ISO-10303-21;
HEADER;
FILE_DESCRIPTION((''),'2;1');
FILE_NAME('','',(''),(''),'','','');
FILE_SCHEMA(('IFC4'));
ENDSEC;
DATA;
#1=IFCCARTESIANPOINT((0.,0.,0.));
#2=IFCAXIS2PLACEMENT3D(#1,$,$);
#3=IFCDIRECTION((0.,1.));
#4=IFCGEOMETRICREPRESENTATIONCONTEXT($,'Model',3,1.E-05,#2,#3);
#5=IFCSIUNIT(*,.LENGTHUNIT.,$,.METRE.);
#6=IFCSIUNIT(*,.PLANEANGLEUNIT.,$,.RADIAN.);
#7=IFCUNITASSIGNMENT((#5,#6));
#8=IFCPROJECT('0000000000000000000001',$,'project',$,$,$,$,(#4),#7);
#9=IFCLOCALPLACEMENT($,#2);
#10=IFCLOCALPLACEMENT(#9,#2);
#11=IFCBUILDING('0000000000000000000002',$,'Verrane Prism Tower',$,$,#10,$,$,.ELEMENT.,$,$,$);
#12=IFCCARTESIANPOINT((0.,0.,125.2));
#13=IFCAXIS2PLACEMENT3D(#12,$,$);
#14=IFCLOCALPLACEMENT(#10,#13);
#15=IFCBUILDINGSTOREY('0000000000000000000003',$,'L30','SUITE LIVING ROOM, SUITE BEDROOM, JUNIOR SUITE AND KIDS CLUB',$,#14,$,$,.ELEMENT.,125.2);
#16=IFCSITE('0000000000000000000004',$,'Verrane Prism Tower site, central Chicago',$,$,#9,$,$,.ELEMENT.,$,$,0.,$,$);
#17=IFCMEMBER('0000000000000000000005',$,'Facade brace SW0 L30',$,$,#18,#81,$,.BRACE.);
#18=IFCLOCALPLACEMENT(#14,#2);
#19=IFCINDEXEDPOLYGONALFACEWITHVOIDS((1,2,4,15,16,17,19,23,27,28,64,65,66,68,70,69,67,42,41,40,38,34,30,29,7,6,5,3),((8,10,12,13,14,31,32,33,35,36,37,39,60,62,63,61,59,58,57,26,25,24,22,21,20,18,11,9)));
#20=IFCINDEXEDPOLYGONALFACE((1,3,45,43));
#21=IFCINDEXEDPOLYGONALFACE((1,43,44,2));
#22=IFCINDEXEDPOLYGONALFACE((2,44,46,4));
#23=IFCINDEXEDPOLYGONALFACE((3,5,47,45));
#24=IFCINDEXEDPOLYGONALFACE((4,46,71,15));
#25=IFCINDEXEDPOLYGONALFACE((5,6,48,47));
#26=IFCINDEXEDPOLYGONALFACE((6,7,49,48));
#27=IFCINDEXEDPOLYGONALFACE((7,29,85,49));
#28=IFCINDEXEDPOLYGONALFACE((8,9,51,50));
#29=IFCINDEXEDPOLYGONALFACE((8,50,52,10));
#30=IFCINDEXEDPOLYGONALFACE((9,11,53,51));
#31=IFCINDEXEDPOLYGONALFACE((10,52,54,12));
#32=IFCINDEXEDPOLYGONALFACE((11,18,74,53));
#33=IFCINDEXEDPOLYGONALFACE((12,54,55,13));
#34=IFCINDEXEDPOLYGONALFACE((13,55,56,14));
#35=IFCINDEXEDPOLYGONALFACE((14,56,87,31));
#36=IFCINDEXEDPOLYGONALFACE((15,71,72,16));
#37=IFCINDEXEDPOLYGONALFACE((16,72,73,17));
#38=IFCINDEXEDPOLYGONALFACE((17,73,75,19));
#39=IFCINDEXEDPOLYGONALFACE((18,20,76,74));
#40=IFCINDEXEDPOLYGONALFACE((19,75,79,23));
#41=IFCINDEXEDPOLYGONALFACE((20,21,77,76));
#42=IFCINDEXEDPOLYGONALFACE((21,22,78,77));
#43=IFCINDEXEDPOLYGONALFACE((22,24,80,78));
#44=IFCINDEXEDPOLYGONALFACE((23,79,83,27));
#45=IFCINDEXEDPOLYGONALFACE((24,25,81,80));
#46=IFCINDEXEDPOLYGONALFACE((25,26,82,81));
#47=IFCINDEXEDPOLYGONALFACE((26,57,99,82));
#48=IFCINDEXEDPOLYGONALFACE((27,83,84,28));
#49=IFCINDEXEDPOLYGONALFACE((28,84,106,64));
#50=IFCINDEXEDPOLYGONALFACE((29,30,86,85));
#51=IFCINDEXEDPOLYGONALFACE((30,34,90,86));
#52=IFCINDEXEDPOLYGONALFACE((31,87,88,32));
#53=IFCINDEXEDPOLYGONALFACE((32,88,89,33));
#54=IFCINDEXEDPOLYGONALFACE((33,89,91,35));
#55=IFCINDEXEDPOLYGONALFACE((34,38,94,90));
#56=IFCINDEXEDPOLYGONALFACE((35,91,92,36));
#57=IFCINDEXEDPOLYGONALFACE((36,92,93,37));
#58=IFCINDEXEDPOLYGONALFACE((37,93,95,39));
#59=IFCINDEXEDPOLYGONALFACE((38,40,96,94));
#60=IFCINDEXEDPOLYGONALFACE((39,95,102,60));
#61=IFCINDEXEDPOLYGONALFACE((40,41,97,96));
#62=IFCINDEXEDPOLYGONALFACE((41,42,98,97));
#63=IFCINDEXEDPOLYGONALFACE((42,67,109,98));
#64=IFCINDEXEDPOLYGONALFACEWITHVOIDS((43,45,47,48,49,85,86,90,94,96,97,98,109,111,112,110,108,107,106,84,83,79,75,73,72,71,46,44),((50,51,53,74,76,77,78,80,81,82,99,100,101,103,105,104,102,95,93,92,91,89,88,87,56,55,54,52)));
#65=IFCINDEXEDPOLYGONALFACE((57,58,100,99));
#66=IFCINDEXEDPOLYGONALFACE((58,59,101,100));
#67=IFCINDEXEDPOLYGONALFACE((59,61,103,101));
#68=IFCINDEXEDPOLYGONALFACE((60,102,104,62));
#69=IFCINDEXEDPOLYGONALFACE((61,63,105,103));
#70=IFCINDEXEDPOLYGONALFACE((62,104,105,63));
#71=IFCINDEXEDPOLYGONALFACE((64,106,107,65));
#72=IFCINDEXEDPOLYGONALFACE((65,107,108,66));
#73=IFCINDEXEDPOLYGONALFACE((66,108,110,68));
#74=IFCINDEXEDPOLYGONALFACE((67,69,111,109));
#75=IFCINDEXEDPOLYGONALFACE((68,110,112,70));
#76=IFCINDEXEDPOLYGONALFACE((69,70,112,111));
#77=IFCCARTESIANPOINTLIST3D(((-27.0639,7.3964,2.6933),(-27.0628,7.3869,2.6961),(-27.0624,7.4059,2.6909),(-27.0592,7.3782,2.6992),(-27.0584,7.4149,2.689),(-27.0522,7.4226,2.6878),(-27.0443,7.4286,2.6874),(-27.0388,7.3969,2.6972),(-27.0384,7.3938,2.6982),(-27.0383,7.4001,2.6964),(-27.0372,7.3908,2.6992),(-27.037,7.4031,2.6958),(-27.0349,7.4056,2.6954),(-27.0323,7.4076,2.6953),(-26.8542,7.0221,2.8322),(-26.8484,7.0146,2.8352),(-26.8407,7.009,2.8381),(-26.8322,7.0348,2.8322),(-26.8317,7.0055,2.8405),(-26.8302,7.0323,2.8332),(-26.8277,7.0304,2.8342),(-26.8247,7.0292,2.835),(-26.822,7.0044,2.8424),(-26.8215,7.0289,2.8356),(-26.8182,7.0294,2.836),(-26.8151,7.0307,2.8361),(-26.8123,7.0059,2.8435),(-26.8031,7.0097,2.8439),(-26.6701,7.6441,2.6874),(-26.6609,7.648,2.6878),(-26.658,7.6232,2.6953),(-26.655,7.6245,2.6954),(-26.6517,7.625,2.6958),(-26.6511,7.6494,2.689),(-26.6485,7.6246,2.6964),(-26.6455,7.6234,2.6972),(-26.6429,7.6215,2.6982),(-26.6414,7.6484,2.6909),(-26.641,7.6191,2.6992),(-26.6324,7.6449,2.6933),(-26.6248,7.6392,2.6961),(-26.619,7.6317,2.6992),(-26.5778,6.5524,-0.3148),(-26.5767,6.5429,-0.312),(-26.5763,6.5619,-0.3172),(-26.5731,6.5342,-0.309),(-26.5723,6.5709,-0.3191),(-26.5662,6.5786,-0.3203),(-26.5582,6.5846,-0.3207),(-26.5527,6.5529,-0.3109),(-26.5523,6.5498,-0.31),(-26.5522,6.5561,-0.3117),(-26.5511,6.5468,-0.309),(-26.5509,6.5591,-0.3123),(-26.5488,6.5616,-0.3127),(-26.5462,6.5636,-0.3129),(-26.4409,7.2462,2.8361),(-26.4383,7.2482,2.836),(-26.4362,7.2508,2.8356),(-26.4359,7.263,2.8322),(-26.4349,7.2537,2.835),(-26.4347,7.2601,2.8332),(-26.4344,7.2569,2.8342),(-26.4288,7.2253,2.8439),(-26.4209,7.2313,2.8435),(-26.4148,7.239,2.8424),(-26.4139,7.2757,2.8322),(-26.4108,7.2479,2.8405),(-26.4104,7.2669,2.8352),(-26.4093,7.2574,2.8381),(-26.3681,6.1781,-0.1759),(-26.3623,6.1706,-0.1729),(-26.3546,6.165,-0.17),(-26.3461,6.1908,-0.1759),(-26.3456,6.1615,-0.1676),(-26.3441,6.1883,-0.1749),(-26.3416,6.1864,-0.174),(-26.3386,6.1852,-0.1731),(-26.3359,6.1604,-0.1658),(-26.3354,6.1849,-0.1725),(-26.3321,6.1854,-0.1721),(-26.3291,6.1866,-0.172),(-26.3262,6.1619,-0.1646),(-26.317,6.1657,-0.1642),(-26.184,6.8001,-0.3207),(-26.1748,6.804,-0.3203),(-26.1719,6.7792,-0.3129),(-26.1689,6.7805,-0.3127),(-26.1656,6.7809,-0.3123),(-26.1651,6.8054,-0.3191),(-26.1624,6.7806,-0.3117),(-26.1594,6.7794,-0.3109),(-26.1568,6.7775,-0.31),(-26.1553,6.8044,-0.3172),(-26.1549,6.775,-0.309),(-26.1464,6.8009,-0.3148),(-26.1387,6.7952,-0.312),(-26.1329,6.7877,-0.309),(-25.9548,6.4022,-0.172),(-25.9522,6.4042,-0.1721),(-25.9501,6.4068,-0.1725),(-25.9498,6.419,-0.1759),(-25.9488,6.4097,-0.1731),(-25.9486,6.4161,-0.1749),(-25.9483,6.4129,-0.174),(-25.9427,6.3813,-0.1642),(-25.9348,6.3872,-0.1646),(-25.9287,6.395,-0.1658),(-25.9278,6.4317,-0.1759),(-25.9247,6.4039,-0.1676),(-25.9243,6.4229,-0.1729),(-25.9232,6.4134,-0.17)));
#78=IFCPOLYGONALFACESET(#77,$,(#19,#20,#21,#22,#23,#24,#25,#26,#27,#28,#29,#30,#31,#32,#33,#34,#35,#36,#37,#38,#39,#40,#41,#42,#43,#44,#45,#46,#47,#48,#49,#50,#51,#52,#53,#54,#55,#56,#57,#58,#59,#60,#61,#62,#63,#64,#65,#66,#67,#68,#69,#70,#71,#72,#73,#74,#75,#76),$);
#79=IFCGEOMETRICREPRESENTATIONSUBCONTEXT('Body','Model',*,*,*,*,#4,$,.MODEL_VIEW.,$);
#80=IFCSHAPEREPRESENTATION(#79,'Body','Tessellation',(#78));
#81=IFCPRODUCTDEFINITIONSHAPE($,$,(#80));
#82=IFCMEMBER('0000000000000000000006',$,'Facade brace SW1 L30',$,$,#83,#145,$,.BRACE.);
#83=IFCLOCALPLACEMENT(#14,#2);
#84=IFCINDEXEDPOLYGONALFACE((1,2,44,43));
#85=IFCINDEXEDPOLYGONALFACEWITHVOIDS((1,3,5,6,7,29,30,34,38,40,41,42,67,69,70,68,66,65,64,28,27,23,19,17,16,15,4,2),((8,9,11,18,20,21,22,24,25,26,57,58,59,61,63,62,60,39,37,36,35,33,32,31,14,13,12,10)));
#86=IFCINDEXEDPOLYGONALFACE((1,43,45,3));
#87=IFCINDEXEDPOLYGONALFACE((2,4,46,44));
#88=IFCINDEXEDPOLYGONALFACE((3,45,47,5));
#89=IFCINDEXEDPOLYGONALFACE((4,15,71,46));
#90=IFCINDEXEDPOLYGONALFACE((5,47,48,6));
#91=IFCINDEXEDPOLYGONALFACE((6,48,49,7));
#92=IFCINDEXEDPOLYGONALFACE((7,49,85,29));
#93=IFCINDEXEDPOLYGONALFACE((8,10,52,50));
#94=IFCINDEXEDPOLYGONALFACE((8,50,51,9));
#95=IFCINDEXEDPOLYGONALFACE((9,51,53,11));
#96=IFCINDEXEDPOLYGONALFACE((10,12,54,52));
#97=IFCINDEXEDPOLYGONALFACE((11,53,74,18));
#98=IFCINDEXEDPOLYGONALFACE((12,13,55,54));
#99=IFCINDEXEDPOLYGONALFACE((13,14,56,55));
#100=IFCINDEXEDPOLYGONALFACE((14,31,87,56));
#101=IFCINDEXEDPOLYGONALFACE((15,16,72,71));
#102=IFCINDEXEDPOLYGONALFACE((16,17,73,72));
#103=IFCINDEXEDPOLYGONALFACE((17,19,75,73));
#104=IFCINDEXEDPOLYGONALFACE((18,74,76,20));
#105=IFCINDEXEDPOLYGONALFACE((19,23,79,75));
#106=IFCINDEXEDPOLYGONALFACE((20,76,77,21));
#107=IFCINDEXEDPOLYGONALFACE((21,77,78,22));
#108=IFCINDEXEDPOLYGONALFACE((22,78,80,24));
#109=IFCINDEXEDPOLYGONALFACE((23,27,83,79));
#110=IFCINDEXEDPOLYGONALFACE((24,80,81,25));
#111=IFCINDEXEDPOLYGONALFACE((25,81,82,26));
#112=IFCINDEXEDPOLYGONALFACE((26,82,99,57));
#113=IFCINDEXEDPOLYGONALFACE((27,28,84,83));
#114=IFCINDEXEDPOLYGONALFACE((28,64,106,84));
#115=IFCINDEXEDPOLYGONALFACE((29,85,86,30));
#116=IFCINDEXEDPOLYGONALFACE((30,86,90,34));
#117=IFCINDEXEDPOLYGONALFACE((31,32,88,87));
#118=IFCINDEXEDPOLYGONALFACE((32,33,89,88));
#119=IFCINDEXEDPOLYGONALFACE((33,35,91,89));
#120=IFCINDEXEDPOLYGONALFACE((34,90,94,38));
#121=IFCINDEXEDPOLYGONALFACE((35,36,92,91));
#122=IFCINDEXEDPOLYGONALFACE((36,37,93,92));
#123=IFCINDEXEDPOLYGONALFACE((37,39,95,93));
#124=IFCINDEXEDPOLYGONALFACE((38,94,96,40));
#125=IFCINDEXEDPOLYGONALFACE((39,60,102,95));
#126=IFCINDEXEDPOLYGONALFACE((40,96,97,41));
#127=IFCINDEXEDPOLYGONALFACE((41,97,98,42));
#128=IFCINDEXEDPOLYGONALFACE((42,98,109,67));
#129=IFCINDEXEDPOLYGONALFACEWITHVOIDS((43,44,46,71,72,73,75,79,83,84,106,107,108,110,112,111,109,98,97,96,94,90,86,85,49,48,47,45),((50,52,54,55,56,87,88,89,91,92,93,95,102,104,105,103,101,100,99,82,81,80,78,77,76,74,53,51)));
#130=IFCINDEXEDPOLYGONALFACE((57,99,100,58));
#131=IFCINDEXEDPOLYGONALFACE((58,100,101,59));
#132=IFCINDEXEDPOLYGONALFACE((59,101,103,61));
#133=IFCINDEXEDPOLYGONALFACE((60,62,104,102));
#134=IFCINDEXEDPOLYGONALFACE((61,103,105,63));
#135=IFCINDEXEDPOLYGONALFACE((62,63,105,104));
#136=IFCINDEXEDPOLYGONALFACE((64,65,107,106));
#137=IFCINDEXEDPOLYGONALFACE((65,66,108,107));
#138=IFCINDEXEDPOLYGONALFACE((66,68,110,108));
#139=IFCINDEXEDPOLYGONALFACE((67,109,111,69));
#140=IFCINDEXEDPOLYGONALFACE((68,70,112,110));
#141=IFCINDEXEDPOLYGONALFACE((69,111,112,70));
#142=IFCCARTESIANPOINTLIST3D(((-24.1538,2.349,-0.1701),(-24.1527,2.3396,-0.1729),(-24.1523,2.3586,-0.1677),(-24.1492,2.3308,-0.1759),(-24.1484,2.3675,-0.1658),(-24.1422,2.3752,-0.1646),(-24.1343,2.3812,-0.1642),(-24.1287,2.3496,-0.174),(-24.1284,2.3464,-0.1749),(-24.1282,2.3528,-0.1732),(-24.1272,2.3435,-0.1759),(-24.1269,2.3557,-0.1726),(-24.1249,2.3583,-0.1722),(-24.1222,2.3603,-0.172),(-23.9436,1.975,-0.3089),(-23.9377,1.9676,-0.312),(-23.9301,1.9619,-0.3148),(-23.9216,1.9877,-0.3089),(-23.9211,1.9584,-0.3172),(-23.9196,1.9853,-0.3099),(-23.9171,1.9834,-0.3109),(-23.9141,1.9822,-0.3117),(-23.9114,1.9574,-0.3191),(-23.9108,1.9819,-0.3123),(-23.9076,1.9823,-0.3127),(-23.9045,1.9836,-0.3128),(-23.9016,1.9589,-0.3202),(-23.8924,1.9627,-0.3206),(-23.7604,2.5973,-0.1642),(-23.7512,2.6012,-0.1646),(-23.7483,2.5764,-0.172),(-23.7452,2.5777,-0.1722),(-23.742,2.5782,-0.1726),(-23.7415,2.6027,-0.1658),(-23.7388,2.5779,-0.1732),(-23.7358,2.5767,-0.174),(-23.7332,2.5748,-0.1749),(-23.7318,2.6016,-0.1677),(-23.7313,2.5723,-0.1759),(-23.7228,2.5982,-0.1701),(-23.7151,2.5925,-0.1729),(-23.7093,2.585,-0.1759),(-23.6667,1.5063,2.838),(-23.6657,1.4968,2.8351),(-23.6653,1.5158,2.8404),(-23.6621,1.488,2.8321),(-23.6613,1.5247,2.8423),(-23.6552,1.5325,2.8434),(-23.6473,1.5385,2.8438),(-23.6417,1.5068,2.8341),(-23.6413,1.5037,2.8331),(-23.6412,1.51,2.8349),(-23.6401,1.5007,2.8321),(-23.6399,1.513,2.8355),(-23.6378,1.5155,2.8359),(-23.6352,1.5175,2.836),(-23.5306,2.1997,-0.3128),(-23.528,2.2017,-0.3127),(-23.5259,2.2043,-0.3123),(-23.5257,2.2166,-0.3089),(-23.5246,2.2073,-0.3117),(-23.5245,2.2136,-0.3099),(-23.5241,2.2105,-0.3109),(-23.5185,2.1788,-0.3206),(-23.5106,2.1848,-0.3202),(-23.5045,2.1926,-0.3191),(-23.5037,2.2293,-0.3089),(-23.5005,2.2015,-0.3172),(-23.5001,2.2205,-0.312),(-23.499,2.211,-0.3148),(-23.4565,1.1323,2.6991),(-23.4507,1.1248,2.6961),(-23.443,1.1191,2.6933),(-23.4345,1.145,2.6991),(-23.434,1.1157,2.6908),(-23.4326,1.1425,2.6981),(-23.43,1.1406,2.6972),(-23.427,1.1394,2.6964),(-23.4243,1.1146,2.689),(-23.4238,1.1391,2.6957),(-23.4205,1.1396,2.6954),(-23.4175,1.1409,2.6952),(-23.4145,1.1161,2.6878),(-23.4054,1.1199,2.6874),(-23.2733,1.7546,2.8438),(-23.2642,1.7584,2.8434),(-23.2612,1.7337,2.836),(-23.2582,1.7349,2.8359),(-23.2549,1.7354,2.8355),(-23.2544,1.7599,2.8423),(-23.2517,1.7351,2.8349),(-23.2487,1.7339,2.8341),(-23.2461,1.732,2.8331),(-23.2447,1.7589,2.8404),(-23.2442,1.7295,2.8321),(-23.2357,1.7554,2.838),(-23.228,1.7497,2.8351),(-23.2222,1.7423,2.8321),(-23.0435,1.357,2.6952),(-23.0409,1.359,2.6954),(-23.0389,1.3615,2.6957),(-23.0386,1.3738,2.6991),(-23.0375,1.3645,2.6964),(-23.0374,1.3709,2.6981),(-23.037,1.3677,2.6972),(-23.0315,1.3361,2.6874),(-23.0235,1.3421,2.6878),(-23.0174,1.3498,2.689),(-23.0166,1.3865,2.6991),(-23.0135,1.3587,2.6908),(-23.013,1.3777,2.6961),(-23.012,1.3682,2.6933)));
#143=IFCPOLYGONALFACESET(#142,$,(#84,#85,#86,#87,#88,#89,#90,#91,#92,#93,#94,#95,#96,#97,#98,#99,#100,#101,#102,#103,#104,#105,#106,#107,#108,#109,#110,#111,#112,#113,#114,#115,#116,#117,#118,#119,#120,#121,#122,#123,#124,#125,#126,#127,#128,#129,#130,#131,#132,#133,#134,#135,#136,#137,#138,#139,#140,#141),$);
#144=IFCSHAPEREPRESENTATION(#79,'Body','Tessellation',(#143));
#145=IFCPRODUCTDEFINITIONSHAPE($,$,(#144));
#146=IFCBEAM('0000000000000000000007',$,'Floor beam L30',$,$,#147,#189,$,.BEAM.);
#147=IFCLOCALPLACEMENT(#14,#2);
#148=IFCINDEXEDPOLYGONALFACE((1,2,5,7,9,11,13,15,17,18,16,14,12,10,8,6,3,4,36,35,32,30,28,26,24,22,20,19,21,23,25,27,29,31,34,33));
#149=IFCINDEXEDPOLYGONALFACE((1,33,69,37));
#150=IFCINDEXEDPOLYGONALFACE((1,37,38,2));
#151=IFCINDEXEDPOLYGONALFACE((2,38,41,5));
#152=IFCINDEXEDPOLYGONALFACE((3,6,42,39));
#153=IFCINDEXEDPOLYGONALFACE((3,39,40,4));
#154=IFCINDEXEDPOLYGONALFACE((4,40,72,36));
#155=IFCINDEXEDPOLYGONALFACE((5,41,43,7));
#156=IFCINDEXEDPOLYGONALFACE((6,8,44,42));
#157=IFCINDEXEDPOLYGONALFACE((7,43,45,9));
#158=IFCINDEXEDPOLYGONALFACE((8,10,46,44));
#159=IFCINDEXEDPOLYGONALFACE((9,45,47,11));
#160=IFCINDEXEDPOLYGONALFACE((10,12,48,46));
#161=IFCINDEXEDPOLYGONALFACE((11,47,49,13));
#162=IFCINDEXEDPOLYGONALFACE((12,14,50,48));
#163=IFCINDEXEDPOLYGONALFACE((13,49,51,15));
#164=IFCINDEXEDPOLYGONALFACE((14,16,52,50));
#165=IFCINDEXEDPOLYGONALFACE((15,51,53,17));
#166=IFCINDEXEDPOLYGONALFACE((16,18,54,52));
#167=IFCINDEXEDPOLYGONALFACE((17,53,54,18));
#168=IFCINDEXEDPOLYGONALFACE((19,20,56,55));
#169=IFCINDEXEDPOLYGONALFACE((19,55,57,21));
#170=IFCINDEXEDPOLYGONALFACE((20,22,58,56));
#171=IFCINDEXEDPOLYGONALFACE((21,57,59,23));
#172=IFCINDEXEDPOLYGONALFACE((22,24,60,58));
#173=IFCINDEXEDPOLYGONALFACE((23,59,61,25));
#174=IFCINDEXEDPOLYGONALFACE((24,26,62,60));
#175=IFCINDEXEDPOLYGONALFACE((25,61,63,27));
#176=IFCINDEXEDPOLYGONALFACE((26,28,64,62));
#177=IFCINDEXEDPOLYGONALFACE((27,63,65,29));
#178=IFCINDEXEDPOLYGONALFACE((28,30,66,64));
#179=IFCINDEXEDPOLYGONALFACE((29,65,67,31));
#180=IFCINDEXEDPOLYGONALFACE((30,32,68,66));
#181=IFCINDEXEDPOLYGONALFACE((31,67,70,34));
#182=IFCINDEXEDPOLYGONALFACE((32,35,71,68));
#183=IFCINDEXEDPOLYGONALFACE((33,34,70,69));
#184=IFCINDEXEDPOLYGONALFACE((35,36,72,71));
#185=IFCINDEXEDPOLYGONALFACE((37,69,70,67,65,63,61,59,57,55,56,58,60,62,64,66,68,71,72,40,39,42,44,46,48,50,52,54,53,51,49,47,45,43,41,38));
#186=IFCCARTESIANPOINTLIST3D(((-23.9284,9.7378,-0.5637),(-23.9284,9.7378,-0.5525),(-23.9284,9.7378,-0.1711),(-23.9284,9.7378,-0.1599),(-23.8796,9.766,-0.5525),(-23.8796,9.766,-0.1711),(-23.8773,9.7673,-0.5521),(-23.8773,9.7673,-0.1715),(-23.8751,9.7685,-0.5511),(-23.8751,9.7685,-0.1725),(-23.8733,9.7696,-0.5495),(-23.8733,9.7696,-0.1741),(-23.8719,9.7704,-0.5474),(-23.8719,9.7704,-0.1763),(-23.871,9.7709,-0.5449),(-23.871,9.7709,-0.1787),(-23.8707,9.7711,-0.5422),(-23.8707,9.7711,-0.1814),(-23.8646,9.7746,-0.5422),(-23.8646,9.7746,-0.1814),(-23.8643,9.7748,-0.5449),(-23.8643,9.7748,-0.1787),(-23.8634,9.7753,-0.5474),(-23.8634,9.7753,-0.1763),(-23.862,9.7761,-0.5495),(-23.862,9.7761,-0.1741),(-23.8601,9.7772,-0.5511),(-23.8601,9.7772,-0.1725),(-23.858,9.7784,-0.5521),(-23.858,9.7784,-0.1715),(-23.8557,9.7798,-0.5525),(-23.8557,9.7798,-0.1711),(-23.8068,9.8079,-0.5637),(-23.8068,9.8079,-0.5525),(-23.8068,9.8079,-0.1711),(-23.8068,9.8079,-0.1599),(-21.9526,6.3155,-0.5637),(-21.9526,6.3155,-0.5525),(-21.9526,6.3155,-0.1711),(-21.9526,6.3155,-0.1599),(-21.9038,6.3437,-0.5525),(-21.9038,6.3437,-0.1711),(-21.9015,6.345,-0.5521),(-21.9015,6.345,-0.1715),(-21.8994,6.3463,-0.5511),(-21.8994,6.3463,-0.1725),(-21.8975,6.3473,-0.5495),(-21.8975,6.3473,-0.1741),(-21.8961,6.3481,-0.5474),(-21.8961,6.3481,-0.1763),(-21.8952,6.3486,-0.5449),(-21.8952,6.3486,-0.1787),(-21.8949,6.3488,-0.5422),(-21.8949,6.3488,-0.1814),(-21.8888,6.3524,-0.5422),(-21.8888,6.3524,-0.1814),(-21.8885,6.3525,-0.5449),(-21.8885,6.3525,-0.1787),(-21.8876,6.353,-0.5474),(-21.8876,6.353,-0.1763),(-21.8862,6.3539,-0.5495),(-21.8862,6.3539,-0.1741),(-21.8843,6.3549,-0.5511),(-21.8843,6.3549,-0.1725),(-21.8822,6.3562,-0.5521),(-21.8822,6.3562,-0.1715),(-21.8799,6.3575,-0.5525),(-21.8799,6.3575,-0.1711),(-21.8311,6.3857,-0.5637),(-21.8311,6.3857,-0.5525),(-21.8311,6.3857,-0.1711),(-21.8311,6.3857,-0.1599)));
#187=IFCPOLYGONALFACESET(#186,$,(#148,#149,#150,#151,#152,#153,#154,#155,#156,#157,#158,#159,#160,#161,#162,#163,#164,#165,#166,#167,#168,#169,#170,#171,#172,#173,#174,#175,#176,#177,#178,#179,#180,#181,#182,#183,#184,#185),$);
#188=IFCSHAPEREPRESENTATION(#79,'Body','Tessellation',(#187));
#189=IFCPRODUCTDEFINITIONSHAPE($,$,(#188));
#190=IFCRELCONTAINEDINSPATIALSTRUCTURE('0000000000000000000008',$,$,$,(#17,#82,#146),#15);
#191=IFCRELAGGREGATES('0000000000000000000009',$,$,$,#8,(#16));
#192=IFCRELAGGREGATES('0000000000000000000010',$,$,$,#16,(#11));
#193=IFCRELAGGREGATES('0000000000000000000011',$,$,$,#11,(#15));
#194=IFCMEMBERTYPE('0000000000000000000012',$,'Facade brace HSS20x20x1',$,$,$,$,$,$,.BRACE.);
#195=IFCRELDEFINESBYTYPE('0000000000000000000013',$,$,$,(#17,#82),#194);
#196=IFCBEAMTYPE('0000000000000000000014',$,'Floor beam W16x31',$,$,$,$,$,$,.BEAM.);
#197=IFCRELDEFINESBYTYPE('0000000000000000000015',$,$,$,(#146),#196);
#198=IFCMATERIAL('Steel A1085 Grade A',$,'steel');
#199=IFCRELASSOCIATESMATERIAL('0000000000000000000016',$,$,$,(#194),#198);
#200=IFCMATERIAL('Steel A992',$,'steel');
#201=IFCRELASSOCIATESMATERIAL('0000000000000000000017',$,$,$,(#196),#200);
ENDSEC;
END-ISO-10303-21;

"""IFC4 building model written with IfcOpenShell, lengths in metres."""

from ifc_helpers import new_model, si_unit, direction, frame, origin, origin_2d, place, context, subcontext, project, spatial, hollow_rectangle, i_section, extrude, material, material_profile, profile_set, type_object, element, save


model = new_model("IFC4")

# Units and contexts
model_context = context("Model", 3, precision=1e-05, world=origin(), true_north=direction((0.0, 1.0)))
body_context = subcontext(model_context, "Body", "Model", "MODEL_VIEW")
ifc_project = project(units=[si_unit("LENGTHUNIT", "METRE"), si_unit("PLANEANGLEUNIT", "RADIAN")], contexts=[model_context])

# Site, building, storey
site_placement = place(None, origin())
site = spatial("IfcSite", under=ifc_project, at=site_placement, Name="Verrane Prism Tower site, central Chicago", CompositionType="ELEMENT", RefElevation=0.0)
building_placement = place(site_placement, origin())
building = spatial("IfcBuilding", under=site, at=building_placement, Name="Verrane Prism Tower", CompositionType="ELEMENT")
storey_placement = place(building_placement, frame((0.0, 0.0, 125.2)))
storey = spatial("IfcBuildingStorey", under=building, at=storey_placement, Name="L30", Description="SUITE LIVING ROOM, SUITE BEDROOM, JUNIOR SUITE AND KIDS CLUB", CompositionType="ELEMENT", Elevation=125.2)

# Members
ifc_material_1 = material(Name="Steel A1085 Grade A", Category="steel")
ifc_material_profile_1 = material_profile(ifc_material_1, hollow_rectangle(XDim=0.5081, YDim=0.5081, WallThickness=0.0254, InnerFilletRadius=0.0127, OuterFilletRadius=0.0381, at=origin_2d()), Name="HSS20x20x1")
ifc_profile_set_1 = profile_set([ifc_material_profile_1], Name="Steel A1085 Grade A")
member_type_1 = type_object("IfcMemberType", Name="Facade brace HSS20x20x1", PredefinedType="BRACE", material=ifc_profile_set_1)
member_1_placement = place(storey_placement, frame((-26.2505, 6.4829, -0.2424), z_axis=(-0.153736, 0.266934, 0.951373), x_axis=(-0.866557, -0.499079, 0.0)))
element("IfcMember", 1, at=member_1_placement, inside=storey, type_object=member_type_1, Name="Facade brace SW0 L30", PredefinedType="BRACE", context=body_context, shape_type="SweptSolid", body=[
    extrude(hollow_rectangle(XDim=0.5081, YDim=0.5081, WallThickness=0.0254, InnerFilletRadius=0.0127, OuterFilletRadius=0.0381, at=origin_2d()), origin(), (0.0, 0.0, 1.0), 3.1619),
])
member_2_placement = place(storey_placement, frame((-23.8264, 2.28, -0.2424), z_axis=(0.154054, -0.266563, 0.951426), x_axis=(0.86581, 0.500374, 0.0)))
element("IfcMember", 2, at=member_2_placement, inside=storey, type_object=member_type_1, Name="Facade brace SW1 L30", PredefinedType="BRACE", context=body_context, shape_type="SweptSolid", body=[
    extrude(hollow_rectangle(XDim=0.5081, YDim=0.5081, WallThickness=0.0254, InnerFilletRadius=0.0127, OuterFilletRadius=0.0381, at=origin_2d()), origin(), (0.0, 0.0, 1.0), 3.1616),
])

# Beam
ifc_material_2 = material(Name="Steel A992", Category="steel")
ifc_material_profile_2 = material_profile(ifc_material_2, i_section(OverallWidth=0.1404, OverallDepth=0.4038, WebThickness=0.0071, FlangeThickness=0.0112, FilletRadius=0.0103, at=origin_2d()), Name="W16x31")
ifc_profile_set_2 = profile_set([ifc_material_profile_2], Name="Steel A992")
beam_type_1 = type_object("IfcBeamType", Name="Floor beam W16x31", PredefinedType="BEAM", material=ifc_profile_set_2)
beam_1_placement = place(storey_placement, frame((-21.8918, 6.3506, -0.3618), z_axis=(-0.499986, 0.866033, 0.0), x_axis=(-0.866033, -0.499986, 0.0)))
element("IfcBeam", 3, at=beam_1_placement, inside=storey, type_object=beam_type_1, Name="Floor beam L30", PredefinedType="BEAM", context=body_context, shape_type="SweptSolid", body=[
    extrude(i_section(OverallWidth=0.1404, OverallDepth=0.4038, WebThickness=0.0071, FlangeThickness=0.0112, FilletRadius=0.0103, at=origin_2d()), origin(), (0.0, 0.0, 1.0), 3.9517),
])

save(model, "model.ifc")
